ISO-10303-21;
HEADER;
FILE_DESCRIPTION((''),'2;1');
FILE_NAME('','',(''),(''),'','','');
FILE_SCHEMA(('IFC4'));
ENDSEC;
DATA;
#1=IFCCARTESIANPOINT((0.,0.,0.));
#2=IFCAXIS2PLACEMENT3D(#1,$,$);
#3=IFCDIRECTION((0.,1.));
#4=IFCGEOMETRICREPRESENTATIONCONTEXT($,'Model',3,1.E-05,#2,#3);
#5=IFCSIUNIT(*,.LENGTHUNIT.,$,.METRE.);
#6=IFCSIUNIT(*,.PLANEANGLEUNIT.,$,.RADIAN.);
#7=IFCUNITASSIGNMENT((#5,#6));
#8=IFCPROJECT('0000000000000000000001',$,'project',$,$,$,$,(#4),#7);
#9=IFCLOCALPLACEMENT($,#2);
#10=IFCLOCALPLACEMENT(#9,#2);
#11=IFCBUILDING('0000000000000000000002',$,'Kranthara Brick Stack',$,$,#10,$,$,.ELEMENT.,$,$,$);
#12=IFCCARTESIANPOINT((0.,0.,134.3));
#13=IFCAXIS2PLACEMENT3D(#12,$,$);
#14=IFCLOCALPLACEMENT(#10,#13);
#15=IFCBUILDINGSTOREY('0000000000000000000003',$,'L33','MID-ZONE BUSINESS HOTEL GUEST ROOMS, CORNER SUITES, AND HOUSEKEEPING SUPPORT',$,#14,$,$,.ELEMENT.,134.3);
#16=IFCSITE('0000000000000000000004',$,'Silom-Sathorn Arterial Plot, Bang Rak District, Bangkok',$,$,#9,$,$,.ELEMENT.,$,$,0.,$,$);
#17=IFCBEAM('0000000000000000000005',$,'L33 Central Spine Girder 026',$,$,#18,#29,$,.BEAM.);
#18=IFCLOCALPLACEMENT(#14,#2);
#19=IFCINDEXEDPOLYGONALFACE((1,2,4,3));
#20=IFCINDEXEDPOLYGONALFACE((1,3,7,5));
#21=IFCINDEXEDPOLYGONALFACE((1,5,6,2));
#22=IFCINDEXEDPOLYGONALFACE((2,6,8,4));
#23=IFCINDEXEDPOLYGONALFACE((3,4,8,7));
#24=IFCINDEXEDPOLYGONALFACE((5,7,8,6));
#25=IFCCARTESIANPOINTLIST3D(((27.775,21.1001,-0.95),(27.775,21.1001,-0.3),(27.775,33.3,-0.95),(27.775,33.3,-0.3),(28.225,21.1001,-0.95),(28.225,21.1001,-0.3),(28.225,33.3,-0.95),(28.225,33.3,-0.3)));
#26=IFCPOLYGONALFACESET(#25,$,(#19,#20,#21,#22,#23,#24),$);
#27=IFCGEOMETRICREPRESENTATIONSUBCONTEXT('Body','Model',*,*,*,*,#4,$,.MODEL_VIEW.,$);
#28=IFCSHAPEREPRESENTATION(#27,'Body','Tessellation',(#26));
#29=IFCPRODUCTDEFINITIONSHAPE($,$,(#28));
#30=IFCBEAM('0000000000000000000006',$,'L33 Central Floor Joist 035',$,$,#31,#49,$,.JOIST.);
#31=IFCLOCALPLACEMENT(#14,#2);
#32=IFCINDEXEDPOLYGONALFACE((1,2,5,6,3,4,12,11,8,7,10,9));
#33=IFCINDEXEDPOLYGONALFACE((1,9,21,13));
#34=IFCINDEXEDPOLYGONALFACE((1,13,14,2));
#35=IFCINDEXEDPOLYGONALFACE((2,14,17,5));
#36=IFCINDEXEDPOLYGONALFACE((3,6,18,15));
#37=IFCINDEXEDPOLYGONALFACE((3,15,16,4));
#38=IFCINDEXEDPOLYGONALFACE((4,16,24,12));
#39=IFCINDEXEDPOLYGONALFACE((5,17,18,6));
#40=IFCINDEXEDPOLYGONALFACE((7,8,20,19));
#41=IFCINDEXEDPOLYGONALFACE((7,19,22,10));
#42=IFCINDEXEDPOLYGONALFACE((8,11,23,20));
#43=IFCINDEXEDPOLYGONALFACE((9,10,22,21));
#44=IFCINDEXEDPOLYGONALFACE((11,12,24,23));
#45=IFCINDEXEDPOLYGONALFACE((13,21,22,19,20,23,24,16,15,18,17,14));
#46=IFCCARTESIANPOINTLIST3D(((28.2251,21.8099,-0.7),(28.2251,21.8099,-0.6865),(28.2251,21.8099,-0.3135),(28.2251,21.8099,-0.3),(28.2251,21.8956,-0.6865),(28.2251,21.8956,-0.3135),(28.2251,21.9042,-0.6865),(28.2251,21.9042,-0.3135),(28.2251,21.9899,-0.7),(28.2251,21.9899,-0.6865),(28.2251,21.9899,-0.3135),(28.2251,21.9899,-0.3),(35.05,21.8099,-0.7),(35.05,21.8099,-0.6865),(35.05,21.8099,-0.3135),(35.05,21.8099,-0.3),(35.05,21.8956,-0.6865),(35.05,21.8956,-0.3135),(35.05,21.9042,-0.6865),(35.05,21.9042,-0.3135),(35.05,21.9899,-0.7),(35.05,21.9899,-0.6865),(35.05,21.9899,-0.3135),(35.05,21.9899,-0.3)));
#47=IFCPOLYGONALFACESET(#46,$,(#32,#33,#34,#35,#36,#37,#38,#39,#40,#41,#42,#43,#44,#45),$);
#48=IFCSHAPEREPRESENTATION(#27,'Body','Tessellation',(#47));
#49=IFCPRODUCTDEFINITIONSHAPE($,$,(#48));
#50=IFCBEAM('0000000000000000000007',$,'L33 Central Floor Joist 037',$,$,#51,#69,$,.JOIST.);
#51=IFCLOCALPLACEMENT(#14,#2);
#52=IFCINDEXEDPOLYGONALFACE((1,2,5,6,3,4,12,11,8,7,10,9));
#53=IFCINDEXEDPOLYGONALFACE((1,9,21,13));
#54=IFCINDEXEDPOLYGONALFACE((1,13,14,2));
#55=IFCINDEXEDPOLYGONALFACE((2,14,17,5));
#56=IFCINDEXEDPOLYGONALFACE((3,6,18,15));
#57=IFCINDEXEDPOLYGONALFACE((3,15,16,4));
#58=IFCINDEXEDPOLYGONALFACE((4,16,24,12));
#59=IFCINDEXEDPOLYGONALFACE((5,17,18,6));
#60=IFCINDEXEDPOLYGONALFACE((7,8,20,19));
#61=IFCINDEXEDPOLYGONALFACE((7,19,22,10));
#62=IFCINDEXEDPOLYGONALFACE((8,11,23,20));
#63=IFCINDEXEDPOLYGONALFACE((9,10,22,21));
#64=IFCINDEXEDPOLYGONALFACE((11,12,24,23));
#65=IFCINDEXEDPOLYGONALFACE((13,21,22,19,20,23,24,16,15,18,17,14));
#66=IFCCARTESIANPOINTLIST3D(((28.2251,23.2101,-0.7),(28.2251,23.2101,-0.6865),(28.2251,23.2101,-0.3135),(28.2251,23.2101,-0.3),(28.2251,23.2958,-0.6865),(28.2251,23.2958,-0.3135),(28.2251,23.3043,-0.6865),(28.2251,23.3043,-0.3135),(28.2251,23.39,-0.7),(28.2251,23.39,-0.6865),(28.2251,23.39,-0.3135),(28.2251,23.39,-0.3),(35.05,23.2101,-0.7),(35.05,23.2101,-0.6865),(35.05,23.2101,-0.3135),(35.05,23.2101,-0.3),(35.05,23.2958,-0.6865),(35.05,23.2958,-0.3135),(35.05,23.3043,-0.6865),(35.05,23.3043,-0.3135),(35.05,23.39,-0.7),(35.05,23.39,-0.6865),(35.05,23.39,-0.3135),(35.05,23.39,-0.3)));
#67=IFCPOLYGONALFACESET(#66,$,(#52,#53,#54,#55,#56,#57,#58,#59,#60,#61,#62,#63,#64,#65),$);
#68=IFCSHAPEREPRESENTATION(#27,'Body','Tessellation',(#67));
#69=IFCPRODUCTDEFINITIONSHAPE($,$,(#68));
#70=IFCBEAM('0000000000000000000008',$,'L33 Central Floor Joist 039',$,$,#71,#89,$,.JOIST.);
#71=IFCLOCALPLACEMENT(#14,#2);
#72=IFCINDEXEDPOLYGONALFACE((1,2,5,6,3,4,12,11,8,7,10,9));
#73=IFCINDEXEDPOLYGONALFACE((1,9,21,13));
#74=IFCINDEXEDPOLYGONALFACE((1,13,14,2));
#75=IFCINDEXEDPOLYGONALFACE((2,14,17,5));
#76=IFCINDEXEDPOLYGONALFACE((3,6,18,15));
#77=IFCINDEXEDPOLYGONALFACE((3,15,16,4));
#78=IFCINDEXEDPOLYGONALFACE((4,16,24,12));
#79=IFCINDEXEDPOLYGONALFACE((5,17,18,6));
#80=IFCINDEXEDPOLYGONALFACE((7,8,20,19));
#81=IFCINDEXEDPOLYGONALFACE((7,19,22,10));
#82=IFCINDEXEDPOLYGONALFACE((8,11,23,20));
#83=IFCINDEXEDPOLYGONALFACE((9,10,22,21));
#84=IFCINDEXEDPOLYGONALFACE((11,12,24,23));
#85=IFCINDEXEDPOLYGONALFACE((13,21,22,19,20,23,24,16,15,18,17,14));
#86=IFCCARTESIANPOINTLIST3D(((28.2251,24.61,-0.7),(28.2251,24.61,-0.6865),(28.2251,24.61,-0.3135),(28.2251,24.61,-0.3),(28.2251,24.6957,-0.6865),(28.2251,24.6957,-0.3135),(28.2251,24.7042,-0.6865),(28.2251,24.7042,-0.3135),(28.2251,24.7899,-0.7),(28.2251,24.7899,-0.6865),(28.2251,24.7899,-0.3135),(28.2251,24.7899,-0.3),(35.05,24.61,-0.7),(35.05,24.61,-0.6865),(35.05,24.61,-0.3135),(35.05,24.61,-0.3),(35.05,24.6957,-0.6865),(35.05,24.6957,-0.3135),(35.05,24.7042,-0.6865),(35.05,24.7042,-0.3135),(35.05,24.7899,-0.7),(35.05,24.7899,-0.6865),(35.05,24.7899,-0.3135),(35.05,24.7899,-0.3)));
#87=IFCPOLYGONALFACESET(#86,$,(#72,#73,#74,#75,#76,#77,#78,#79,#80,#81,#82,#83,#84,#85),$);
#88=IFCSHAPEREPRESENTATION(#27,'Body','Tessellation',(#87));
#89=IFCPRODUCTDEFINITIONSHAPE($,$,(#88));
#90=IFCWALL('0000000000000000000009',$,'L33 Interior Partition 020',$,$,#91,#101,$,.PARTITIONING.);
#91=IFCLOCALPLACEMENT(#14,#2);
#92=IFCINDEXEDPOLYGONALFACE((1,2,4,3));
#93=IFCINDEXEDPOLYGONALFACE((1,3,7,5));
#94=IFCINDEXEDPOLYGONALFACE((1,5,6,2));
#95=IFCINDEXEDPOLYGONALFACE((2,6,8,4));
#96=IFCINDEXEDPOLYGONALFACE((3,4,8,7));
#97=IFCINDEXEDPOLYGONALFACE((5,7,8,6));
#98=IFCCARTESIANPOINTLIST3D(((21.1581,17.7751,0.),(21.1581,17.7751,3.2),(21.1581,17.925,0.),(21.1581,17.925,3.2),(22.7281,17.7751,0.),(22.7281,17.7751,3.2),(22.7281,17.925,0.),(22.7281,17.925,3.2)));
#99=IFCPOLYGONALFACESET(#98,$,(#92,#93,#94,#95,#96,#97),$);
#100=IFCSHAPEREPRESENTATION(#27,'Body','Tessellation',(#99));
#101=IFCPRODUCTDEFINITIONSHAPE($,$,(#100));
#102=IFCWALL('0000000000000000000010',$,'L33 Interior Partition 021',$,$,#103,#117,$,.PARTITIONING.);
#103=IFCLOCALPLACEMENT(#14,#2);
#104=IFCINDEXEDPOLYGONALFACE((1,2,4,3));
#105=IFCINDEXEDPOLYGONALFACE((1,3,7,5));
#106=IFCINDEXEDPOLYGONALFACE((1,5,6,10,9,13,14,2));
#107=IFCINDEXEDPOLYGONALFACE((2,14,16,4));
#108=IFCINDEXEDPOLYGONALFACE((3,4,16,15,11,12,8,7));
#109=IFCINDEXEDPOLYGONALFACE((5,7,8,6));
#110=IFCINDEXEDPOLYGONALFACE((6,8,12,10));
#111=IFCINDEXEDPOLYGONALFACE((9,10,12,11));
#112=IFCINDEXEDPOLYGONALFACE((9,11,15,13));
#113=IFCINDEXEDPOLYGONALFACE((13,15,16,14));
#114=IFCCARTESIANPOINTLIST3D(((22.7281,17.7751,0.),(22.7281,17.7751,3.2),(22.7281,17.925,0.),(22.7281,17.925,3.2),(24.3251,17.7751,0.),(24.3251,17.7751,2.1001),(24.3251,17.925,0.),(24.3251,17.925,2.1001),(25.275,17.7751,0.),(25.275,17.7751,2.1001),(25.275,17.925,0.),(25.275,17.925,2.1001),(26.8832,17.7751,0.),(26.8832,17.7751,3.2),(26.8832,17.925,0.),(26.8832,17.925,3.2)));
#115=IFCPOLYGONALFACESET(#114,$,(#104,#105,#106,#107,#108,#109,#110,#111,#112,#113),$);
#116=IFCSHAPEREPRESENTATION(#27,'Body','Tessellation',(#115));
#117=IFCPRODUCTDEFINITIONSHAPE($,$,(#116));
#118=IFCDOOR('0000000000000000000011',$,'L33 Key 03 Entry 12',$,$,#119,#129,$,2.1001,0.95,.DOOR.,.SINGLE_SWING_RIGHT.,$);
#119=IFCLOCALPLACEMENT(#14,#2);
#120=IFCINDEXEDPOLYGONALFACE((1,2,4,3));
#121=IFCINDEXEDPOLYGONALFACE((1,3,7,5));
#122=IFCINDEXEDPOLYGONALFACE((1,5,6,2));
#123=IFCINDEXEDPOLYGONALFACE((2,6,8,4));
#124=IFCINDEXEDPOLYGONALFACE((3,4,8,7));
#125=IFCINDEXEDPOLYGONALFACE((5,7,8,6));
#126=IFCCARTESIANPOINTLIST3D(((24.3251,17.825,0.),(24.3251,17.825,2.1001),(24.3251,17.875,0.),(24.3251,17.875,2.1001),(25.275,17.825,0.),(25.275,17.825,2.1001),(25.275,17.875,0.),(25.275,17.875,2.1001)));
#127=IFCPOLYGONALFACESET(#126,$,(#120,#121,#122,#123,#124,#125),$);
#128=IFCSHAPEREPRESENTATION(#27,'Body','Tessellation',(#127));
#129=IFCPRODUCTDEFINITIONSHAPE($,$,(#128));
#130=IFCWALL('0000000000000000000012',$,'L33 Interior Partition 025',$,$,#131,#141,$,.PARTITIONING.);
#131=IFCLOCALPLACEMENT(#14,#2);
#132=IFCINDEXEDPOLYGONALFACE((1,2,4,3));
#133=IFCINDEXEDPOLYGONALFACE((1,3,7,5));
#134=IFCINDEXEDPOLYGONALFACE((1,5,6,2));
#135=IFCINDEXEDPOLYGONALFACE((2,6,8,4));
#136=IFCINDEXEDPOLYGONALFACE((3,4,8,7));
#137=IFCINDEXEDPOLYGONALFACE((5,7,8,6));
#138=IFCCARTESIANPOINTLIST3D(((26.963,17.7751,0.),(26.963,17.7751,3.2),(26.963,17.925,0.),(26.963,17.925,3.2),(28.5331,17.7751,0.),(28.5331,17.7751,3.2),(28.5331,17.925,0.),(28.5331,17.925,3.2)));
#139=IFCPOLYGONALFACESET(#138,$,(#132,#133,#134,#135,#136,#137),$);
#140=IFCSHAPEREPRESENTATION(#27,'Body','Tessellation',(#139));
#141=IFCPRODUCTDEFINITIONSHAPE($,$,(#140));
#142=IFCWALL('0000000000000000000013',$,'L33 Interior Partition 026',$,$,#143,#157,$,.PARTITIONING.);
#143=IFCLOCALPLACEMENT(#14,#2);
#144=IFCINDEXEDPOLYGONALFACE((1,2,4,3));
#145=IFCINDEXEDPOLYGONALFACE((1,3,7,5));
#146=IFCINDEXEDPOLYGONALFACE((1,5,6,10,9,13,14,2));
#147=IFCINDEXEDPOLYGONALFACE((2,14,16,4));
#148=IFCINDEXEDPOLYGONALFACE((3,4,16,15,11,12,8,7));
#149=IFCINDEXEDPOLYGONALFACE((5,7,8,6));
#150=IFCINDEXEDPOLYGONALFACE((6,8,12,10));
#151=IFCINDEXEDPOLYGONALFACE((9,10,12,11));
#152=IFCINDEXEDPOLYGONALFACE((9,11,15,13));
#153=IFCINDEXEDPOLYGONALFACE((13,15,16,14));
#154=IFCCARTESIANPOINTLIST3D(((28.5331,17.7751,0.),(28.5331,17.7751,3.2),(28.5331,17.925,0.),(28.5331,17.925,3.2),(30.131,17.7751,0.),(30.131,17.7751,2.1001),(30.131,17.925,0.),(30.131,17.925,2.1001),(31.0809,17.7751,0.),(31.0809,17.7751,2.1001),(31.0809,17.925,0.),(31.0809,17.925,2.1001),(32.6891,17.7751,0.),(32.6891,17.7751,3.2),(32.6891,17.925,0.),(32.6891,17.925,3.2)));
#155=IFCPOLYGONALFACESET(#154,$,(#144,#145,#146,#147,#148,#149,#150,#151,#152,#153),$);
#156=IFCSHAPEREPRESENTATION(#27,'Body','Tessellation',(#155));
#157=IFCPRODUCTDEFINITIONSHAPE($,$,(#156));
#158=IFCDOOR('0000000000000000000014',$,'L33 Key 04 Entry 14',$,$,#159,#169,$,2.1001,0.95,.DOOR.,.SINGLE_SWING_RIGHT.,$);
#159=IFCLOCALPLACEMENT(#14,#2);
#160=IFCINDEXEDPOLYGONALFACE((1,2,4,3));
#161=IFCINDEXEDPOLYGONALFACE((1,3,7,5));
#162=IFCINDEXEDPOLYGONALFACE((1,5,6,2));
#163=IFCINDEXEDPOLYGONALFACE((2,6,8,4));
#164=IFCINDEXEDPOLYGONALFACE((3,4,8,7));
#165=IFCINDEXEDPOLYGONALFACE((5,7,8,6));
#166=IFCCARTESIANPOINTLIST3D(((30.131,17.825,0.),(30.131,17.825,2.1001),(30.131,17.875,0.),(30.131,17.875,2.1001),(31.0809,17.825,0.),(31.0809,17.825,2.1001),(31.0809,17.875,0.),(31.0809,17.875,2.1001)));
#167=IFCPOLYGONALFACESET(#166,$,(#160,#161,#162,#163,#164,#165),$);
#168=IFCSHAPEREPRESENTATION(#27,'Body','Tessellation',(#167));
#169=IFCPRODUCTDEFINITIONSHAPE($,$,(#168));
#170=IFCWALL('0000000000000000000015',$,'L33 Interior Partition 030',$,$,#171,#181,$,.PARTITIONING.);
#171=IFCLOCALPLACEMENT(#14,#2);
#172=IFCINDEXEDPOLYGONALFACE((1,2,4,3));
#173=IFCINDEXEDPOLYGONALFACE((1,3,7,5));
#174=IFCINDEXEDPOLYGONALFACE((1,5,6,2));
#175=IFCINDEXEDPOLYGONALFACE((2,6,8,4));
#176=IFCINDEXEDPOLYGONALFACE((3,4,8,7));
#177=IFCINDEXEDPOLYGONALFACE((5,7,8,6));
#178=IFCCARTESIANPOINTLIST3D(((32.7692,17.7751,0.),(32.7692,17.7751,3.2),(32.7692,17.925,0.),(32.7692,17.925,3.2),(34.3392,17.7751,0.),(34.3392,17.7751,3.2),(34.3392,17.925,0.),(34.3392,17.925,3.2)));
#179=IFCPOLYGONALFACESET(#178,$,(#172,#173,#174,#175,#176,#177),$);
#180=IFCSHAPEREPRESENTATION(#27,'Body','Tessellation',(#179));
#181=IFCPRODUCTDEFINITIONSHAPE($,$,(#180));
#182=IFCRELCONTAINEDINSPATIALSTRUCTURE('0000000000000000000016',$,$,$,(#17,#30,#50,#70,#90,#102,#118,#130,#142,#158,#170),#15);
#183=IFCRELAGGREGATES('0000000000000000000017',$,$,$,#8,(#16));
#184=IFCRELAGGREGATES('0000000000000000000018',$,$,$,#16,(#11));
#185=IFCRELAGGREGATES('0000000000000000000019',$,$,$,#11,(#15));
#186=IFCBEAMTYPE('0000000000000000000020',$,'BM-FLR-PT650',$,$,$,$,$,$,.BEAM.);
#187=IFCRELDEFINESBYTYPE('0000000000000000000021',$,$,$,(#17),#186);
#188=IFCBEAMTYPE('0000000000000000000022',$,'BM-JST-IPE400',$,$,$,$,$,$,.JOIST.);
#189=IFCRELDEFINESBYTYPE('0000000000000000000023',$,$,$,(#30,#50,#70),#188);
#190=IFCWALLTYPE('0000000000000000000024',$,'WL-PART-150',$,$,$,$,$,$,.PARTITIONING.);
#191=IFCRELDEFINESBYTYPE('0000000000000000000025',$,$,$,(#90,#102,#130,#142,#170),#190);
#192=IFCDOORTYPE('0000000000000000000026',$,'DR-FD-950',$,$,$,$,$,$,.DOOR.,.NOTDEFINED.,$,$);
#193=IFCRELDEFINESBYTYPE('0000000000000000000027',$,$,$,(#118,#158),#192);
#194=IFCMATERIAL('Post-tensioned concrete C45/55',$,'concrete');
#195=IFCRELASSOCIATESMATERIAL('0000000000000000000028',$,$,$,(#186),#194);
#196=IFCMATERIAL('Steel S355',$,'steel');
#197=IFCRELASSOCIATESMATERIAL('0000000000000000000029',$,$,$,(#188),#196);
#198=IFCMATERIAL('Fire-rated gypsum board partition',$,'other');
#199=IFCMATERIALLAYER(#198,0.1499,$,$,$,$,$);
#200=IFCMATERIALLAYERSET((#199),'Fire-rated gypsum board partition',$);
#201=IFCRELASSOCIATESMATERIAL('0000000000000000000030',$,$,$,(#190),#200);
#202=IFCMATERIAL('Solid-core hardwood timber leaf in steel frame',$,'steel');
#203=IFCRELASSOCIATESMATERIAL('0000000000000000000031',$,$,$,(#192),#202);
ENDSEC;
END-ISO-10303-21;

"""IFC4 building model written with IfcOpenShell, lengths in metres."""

from ifc_helpers import new_model, si_unit, direction, frame, frame_2d, origin, origin_2d, place, context, subcontext, project, spatial, rectangle, i_section, extrude, material, layer, layer_set, material_profile, profile_set, type_object, element, fill, save


model = new_model("IFC4")

# Units and contexts
model_context = context("Model", 3, precision=1e-05, world=origin(), true_north=direction((0.0, 1.0)))
body_context = subcontext(model_context, "Body", "Model", "MODEL_VIEW")
ifc_project = project(units=[si_unit("LENGTHUNIT", "METRE"), si_unit("PLANEANGLEUNIT", "RADIAN")], contexts=[model_context])

# Site, building, storey
site_placement = place(None, origin())
site = spatial("IfcSite", under=ifc_project, at=site_placement, Name="Silom-Sathorn Arterial Plot, Bang Rak District, Bangkok", CompositionType="ELEMENT", RefElevation=0.0)
building_placement = place(site_placement, origin())
building = spatial("IfcBuilding", under=site, at=building_placement, Name="Kranthara Brick Stack", CompositionType="ELEMENT")
storey_placement = place(building_placement, frame((0.0, 0.0, 134.3)))
storey = spatial("IfcBuildingStorey", under=building, at=storey_placement, Name="L33", Description="MID-ZONE BUSINESS HOTEL GUEST ROOMS, CORNER SUITES, AND HOUSEKEEPING SUPPORT", CompositionType="ELEMENT", Elevation=134.3)

# Beams
ifc_material_1 = material(Name="Post-tensioned concrete C45/55", Category="concrete")
ifc_material_profile_1 = material_profile(ifc_material_1, rectangle(XDim=0.45, YDim=0.6499, at=origin_2d()), Name="PT 450x650")
ifc_profile_set_1 = profile_set([ifc_material_profile_1], Name="Post-tensioned concrete C45/55")
beam_type_1 = type_object("IfcBeamType", Name="BM-FLR-PT650", PredefinedType="BEAM", material=ifc_profile_set_1)
beam_placement = place(storey_placement, frame((28.0, 21.1001, -0.625), z_axis=(0.0, 1.0, 0.0), x_axis=(-1.0, 0.0, 0.0)))
element("IfcBeam", 1, at=beam_placement, inside=storey, type_object=beam_type_1, Name="L33 Central Spine Girder 026", PredefinedType="BEAM", context=body_context, shape_type="SweptSolid", body=[
    extrude(rectangle(XDim=0.45, YDim=0.6499, at=origin_2d()), origin(), (0.0, 0.0, 1.0), 12.2),
])
ifc_material_2 = material(Name="Steel S355", Category="steel")
ifc_material_profile_2 = material_profile(ifc_material_2, i_section(OverallWidth=0.1799, OverallDepth=0.3999, WebThickness=0.0085, FlangeThickness=0.0134, at=origin_2d()), Name="IPE 400")
ifc_profile_set_2 = profile_set([ifc_material_profile_2], Name="Steel S355")
beam_type_2 = type_object("IfcBeamType", Name="BM-JST-IPE400", PredefinedType="JOIST", material=ifc_profile_set_2)
for number, where, z_axis, x_axis, name in (
    (2, (28.2251, 21.8999, -0.5), (1.0, 0.0, 0.0), (0.0, 1.0, 0.0), "L33 Central Floor Joist 035"),
    (3, (28.2251, 23.3, -0.5), (1.0, 0.0, 0.0), (0.0, 1.0, 0.0), "L33 Central Floor Joist 037"),
    (4, (28.2251, 24.7, -0.5), (1.0, 0.0, 0.0), (0.0, 1.0, 0.0), "L33 Central Floor Joist 039"),
):
    element("IfcBeam", number, at=place(storey_placement, frame(where, z_axis=z_axis, x_axis=x_axis)), inside=storey, type_object=beam_type_2, Name=name, PredefinedType="JOIST", context=body_context, shape_type="SweptSolid", body=[
        extrude(i_section(OverallWidth=0.1799, OverallDepth=0.3999, WebThickness=0.0085, FlangeThickness=0.0134, at=origin_2d()), origin(), (0.0, 0.0, 1.0), 6.825),
    ])

# Wall
ifc_material_3 = material(Name="Fire-rated gypsum board partition", Category="other")
ifc_layer = layer(ifc_material_3, 0.1499)
ifc_layer_set = layer_set([ifc_layer], Name="Fire-rated gypsum board partition")
wall_type = type_object("IfcWallType", Name="WL-PART-150", PredefinedType="PARTITIONING", material=ifc_layer_set)
wall_1_placement = place(storey_placement, frame((21.158, 17.8501, 0.0), z_axis=(0.0, 0.0, 1.0), x_axis=(1.0, 0.0, 0.0)))
element("IfcWall", 5, at=wall_1_placement, inside=storey, type_object=wall_type, Name="L33 Interior Partition 020", PredefinedType="PARTITIONING", context=body_context, shape_type="SweptSolid", body=[
    extrude(rectangle(XDim=1.5701, YDim=0.1499, at=frame_2d((0.7852, 0.0))), origin(), (0.0, 0.0, 1.0), 3.2),
])

# Wall, opening, door
wall_2_placement = place(storey_placement, frame((22.728, 17.8501, 0.0), z_axis=(0.0, 0.0, 1.0), x_axis=(1.0, 0.0, 0.0)))
wall_2 = element("IfcWall", 6, at=wall_2_placement, inside=storey, type_object=wall_type, Name="L33 Interior Partition 021", PredefinedType="PARTITIONING", context=body_context, shape_type="SweptSolid", body=[
    extrude(rectangle(XDim=4.155, YDim=0.1499, at=frame_2d((2.0776, 0.0))), origin(), (0.0, 0.0, 1.0), 3.2),
])
opening_1_placement = place(wall_2_placement, frame((1.5969, 0.0, 0.0)))
opening_1 = element("IfcOpeningElement", 7, at=opening_1_placement, cuts=wall_2, PredefinedType="OPENING", context=body_context, shape_type="SweptSolid", body=[
    extrude(rectangle(XDim=0.95, YDim=2.1001, at=frame_2d((0.4751, 1.05))), frame((0.0, 0.085, 0.0), z_axis=(0.0, -1.0, 0.0), x_axis=(1.0, 0.0, 0.0)), (0.0, 0.0, 1.0), 0.1699),
])
ifc_material_4 = material(Name="Solid-core hardwood timber leaf in steel frame", Category="steel")
door_type = type_object("IfcDoorType", Name="DR-FD-950", OperationType="NOTDEFINED", PredefinedType="DOOR", material=ifc_material_4)
door_1_placement = place(opening_1_placement, origin())
door_1 = element("IfcDoor", 8, at=door_1_placement, inside=storey, type_object=door_type, Name="L33 Key 03 Entry 12", OperationType="SINGLE_SWING_RIGHT", OverallHeight=2.1001, OverallWidth=0.95, PredefinedType="DOOR", context=body_context, shape_type="SweptSolid", body=[
    extrude(rectangle(XDim=0.95, YDim=2.1001, at=frame_2d((0.4751, 1.05))), frame((0.0, 0.0249, 0.0), z_axis=(0.0, -1.0, 0.0), x_axis=(1.0, 0.0, 0.0)), (0.0, 0.0, 1.0), 0.05),
])
fill(opening_1, door_1)

# Wall
wall_3_placement = place(storey_placement, frame((26.9629, 17.8501, 0.0), z_axis=(0.0, 0.0, 1.0), x_axis=(1.0, 0.0, 0.0)))
element("IfcWall", 9, at=wall_3_placement, inside=storey, type_object=wall_type, Name="L33 Interior Partition 025", PredefinedType="PARTITIONING", context=body_context, shape_type="SweptSolid", body=[
    extrude(rectangle(XDim=1.5701, YDim=0.1499, at=frame_2d((0.7852, 0.0))), origin(), (0.0, 0.0, 1.0), 3.2),
])

# Wall, opening, door
wall_4_placement = place(storey_placement, frame((28.533, 17.8501, 0.0), z_axis=(0.0, 0.0, 1.0), x_axis=(1.0, 0.0, 0.0)))
wall_4 = element("IfcWall", 10, at=wall_4_placement, inside=storey, type_object=wall_type, Name="L33 Interior Partition 026", PredefinedType="PARTITIONING", context=body_context, shape_type="SweptSolid", body=[
    extrude(rectangle(XDim=4.156, YDim=0.1499, at=frame_2d((2.0781, 0.0))), origin(), (0.0, 0.0, 1.0), 3.2),
])
opening_2_placement = place(wall_4_placement, frame((1.5979, 0.0, 0.0)))
opening_2 = element("IfcOpeningElement", 11, at=opening_2_placement, cuts=wall_4, PredefinedType="OPENING", context=body_context, shape_type="SweptSolid", body=[
    extrude(rectangle(XDim=0.95, YDim=2.1001, at=frame_2d((0.4751, 1.05))), frame((0.0, 0.085, 0.0), z_axis=(0.0, -1.0, 0.0), x_axis=(1.0, 0.0, 0.0)), (0.0, 0.0, 1.0), 0.1699),
])
door_2_placement = place(opening_2_placement, origin())
door_2 = element("IfcDoor", 12, at=door_2_placement, inside=storey, type_object=door_type, Name="L33 Key 04 Entry 14", OperationType="SINGLE_SWING_RIGHT", OverallHeight=2.1001, OverallWidth=0.95, PredefinedType="DOOR", context=body_context, shape_type="SweptSolid", body=[
    extrude(rectangle(XDim=0.95, YDim=2.1001, at=frame_2d((0.4751, 1.05))), frame((0.0, 0.0249, 0.0), z_axis=(0.0, -1.0, 0.0), x_axis=(1.0, 0.0, 0.0)), (0.0, 0.0, 1.0), 0.05),
])
fill(opening_2, door_2)

# Wall
wall_5_placement = place(storey_placement, frame((32.769, 17.8501, 0.0), z_axis=(0.0, 0.0, 1.0), x_axis=(1.0, 0.0, 0.0)))
element("IfcWall", 13, at=wall_5_placement, inside=storey, type_object=wall_type, Name="L33 Interior Partition 030", PredefinedType="PARTITIONING", context=body_context, shape_type="SweptSolid", body=[
    extrude(rectangle(XDim=1.5701, YDim=0.1499, at=frame_2d((0.7852, 0.0))), origin(), (0.0, 0.0, 1.0), 3.2),
])

save(model, "model.ifc")
